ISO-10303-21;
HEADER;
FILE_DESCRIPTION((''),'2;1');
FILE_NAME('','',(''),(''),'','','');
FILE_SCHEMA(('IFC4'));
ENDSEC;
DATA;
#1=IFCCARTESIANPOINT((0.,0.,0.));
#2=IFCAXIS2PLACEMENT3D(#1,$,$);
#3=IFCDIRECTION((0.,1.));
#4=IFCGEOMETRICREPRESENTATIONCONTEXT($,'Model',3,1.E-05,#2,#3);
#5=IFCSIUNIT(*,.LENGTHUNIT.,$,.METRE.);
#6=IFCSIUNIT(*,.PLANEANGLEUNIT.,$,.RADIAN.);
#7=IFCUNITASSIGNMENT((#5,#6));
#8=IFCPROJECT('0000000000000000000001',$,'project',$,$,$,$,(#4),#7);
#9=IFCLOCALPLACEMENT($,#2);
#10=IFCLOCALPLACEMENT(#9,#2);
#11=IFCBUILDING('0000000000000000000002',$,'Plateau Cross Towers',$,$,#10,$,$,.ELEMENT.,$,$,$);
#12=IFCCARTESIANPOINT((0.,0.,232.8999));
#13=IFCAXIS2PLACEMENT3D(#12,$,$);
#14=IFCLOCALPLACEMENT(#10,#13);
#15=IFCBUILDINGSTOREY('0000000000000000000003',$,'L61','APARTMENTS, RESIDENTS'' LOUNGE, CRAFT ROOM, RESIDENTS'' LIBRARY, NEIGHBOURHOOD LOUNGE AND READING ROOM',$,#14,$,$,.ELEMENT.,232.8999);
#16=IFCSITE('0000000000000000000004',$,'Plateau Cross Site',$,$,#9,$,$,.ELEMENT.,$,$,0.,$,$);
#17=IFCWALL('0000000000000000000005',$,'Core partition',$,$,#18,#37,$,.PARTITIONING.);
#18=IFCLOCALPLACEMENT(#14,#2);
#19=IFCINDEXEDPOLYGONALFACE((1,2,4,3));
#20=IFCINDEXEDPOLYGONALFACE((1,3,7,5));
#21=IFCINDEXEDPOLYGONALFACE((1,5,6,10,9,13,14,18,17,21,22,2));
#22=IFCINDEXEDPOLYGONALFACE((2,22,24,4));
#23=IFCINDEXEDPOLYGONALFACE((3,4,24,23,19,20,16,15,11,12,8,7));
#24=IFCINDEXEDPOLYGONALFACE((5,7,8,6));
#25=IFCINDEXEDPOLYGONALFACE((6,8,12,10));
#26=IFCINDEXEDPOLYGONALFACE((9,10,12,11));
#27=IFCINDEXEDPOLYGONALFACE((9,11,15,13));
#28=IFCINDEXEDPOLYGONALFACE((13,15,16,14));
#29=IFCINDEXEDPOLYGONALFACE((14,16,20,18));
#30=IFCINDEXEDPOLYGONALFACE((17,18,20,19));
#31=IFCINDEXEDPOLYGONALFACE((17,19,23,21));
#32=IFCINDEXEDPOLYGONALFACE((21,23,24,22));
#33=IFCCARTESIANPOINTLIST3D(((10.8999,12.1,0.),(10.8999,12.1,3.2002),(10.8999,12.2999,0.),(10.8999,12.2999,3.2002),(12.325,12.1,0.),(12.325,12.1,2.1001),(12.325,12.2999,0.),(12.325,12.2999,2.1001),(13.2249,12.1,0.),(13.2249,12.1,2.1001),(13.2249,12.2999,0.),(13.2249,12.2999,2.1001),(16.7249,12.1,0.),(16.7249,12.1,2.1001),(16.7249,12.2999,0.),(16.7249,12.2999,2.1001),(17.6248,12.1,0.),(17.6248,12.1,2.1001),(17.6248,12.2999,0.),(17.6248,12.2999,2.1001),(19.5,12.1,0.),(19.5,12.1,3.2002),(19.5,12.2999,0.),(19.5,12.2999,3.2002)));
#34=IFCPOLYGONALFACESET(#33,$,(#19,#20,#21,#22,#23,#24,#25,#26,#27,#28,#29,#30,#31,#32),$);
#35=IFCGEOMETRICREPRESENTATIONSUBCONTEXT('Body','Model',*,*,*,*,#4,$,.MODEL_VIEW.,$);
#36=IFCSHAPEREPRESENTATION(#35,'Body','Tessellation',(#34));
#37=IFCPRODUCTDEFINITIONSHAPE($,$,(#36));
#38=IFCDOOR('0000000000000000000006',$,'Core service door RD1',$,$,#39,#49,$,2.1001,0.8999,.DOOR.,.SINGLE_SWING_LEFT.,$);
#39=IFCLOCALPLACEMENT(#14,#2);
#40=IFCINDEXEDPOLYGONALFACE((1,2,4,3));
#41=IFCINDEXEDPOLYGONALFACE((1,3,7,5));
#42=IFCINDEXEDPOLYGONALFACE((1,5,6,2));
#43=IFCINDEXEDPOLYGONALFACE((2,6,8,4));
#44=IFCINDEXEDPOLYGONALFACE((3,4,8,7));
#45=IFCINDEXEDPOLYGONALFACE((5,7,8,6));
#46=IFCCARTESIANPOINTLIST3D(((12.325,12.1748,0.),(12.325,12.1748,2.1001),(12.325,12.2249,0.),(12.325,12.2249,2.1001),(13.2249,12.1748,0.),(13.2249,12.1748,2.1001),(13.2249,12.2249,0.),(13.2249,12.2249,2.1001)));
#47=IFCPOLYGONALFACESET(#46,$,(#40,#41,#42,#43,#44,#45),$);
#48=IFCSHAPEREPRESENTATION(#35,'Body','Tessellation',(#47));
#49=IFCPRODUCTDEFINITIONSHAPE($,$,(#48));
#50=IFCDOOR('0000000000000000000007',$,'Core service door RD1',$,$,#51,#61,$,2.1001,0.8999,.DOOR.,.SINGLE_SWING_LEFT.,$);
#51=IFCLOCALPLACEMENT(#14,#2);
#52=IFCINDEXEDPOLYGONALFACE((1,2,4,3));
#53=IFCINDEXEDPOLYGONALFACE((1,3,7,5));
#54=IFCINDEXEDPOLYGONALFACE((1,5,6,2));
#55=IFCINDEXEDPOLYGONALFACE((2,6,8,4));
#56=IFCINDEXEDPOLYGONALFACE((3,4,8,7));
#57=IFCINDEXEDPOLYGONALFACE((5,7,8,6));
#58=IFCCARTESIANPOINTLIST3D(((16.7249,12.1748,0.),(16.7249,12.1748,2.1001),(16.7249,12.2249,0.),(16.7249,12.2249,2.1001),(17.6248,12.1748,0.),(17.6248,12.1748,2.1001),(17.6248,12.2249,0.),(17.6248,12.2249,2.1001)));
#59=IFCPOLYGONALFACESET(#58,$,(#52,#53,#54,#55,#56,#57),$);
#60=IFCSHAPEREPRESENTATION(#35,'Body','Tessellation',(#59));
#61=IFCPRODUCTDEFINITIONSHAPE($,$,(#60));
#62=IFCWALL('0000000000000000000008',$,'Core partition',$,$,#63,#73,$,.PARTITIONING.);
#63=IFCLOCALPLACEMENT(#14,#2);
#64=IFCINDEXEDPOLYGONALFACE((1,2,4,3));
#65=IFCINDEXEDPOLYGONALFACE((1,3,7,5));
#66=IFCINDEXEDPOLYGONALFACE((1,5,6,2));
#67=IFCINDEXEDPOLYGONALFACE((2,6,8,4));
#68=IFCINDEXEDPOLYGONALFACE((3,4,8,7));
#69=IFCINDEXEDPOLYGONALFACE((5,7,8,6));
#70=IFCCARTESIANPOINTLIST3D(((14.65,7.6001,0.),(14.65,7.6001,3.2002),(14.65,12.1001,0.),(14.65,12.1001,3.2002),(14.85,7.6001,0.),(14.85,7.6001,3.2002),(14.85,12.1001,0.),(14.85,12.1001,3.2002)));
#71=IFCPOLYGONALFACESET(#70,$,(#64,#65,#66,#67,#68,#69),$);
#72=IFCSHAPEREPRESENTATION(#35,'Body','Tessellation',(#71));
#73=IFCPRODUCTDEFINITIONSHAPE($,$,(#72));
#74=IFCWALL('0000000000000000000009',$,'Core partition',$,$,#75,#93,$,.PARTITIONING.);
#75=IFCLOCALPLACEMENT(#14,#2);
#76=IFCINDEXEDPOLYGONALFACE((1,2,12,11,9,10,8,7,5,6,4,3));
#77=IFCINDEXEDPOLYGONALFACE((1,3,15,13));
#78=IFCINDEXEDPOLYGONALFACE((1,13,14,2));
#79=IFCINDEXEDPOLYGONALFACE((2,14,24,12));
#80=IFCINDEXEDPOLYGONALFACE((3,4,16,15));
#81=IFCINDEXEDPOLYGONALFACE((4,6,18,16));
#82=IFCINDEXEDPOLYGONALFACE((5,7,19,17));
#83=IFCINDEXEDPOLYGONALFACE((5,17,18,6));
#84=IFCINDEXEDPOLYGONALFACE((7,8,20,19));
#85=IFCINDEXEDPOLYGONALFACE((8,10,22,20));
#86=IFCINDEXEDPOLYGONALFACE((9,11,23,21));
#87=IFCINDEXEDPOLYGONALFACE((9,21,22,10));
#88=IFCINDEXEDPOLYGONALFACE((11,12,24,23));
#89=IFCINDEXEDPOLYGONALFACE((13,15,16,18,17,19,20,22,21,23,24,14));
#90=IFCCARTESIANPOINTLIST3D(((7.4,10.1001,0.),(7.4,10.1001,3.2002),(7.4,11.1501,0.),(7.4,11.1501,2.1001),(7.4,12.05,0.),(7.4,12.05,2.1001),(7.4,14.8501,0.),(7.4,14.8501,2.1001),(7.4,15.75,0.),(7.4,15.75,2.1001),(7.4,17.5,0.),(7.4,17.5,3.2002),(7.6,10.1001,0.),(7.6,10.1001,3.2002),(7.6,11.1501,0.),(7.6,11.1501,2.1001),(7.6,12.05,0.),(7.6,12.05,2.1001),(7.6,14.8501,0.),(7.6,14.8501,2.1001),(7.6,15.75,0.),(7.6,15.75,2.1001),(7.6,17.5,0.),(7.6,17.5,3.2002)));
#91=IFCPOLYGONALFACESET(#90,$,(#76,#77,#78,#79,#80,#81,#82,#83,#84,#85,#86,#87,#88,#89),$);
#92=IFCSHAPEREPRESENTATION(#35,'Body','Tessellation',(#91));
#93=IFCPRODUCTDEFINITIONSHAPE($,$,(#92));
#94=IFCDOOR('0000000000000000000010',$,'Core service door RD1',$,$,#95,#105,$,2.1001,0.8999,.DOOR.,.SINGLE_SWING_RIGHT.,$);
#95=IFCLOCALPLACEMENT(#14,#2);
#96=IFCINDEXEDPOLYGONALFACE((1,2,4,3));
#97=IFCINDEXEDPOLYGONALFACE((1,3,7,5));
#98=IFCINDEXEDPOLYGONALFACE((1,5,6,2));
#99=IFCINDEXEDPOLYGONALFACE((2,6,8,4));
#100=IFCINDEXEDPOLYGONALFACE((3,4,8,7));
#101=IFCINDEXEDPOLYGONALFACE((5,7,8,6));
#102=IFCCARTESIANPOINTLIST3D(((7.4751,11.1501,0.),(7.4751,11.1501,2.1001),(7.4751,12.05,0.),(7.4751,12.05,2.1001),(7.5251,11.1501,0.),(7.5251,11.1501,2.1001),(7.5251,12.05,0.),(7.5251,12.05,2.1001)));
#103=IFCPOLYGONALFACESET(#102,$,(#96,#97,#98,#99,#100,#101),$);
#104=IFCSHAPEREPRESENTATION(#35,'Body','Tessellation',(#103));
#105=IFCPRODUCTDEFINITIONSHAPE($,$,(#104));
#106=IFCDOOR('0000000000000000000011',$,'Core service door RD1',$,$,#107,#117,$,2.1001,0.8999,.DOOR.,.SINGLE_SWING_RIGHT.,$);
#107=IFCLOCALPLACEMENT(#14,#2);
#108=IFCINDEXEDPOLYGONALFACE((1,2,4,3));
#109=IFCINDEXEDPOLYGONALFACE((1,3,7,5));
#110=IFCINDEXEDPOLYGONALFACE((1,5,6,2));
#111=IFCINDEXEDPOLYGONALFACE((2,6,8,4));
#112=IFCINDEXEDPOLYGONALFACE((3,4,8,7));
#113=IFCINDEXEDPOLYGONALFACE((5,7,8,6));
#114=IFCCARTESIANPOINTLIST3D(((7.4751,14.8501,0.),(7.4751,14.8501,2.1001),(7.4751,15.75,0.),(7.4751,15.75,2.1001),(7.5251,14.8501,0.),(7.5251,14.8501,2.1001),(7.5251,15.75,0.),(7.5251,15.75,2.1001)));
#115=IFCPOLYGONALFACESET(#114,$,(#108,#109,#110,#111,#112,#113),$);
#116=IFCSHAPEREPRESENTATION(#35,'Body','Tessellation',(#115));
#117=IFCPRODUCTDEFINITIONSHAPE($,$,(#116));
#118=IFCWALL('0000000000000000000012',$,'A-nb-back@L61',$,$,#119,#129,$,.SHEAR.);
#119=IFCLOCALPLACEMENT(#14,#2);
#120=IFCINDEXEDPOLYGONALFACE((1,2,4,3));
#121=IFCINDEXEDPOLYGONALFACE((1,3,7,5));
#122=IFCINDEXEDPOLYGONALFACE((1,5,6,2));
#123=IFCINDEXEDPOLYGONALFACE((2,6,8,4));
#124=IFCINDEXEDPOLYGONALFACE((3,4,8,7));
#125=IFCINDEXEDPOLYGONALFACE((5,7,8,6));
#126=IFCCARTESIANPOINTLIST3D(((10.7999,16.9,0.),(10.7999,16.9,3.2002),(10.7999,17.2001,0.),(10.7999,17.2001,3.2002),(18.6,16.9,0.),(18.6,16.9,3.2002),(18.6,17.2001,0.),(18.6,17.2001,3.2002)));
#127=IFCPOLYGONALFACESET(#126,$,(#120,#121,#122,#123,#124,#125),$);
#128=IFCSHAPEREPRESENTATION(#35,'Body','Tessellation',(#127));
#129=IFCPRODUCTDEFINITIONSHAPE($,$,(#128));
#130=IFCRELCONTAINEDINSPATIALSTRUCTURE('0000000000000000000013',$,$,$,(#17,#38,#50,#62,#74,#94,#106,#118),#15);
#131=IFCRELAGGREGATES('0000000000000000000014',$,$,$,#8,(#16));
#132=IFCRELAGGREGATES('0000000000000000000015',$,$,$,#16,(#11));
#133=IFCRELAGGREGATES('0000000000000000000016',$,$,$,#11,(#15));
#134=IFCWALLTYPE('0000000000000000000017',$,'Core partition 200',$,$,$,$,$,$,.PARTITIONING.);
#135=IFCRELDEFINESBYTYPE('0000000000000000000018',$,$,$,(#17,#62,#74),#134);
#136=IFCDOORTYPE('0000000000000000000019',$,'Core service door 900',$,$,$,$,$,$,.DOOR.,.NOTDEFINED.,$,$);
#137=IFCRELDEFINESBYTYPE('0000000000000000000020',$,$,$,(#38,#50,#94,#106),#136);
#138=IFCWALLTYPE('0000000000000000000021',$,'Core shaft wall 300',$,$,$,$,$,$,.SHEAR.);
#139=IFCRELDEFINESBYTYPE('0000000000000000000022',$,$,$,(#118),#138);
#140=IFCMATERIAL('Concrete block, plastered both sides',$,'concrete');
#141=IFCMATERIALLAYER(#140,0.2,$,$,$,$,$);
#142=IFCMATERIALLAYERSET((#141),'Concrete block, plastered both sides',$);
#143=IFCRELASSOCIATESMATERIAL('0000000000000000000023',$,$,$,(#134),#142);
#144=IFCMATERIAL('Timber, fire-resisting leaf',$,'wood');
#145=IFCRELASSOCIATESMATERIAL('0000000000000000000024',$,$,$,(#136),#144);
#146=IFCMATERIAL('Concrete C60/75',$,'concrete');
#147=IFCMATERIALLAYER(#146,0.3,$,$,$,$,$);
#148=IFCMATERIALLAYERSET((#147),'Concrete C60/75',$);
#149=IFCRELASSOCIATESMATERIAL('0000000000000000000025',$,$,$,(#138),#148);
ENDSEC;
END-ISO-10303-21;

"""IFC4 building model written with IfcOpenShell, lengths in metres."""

from ifc_helpers import new_model, si_unit, direction, frame, frame_2d, origin, place, context, subcontext, project, spatial, rectangle, extrude, material, layer, layer_set, type_object, element, fill, save


model = new_model("IFC4")

# Units and contexts
model_context = context("Model", 3, precision=1e-05, world=origin(), true_north=direction((0.0, 1.0)))
body_context = subcontext(model_context, "Body", "Model", "MODEL_VIEW")
ifc_project = project(units=[si_unit("LENGTHUNIT", "METRE"), si_unit("PLANEANGLEUNIT", "RADIAN")], contexts=[model_context])

# Site, building, storey
site_placement = place(None, origin())
site = spatial("IfcSite", under=ifc_project, at=site_placement, Name="Plateau Cross Site", CompositionType="ELEMENT", RefElevation=0.0)
building_placement = place(site_placement, origin())
building = spatial("IfcBuilding", under=site, at=building_placement, Name="Plateau Cross Towers", CompositionType="ELEMENT")
storey_placement = place(building_placement, frame((0.0, 0.0, 232.8999)))
storey = spatial("IfcBuildingStorey", under=building, at=storey_placement, Name="L61", Description="APARTMENTS, RESIDENTS' LOUNGE, CRAFT ROOM, RESIDENTS' LIBRARY, NEIGHBOURHOOD LOUNGE AND READING ROOM", CompositionType="ELEMENT", Elevation=232.8999)

# Shared definitions
ifc_material_1 = material(Name="Concrete block, plastered both sides", Category="concrete")
ifc_layer_1 = layer(ifc_material_1, 0.2)
ifc_layer_set_1 = layer_set([ifc_layer_1], Name="Concrete block, plastered both sides")
wall_type_1 = type_object("IfcWallType", Name="Core partition 200", PredefinedType="PARTITIONING", material=ifc_layer_set_1)

# Shared definitions
ifc_material_2 = material(Name="Timber, fire-resisting leaf", Category="wood")
door_type_1 = type_object("IfcDoorType", Name="Core service door 900", OperationType="NOTDEFINED", PredefinedType="DOOR", material=ifc_material_2)

# Wall, openings, doors
wall_1_placement = place(storey_placement, frame((10.8999, 12.2, 0.0), z_axis=(0.0, 0.0, 1.0), x_axis=(1.0, 0.0, 0.0)))
wall_1 = element("IfcWall", 1, at=wall_1_placement, inside=storey, type_object=wall_type_1, Name="Core partition", PredefinedType="PARTITIONING", context=body_context, shape_type="SweptSolid", body=[
    extrude(rectangle(XDim=8.6001, YDim=0.2, at=frame_2d((4.3, 0.0))), origin(), (0.0, 0.0, 1.0), 3.2002),
])
opening_1_placement = place(wall_1_placement, frame((1.425, 0.0, 0.0)))
opening_1 = element("IfcOpeningElement", 2, at=opening_1_placement, cuts=wall_1, PredefinedType="OPENING", context=body_context, shape_type="SweptSolid", body=[
    extrude(rectangle(XDim=0.8999, YDim=2.1001, at=frame_2d((0.45, 1.05))), frame((0.0, 0.1099, 0.0), z_axis=(0.0, -1.0, 0.0), x_axis=(1.0, 0.0, 0.0)), (0.0, 0.0, 1.0), 0.22),
])
opening_2_placement = place(wall_1_placement, frame((5.825, 0.0, 0.0)))
opening_2 = element("IfcOpeningElement", 3, at=opening_2_placement, cuts=wall_1, PredefinedType="OPENING", context=body_context, shape_type="SweptSolid", body=[
    extrude(rectangle(XDim=0.8999, YDim=2.1001, at=frame_2d((0.45, 1.05))), frame((0.0, 0.1099, 0.0), z_axis=(0.0, -1.0, 0.0), x_axis=(1.0, 0.0, 0.0)), (0.0, 0.0, 1.0), 0.22),
])
door_1_placement = place(opening_1_placement, origin())
door_1 = element("IfcDoor", 4, at=door_1_placement, inside=storey, type_object=door_type_1, Name="Core service door RD1", OperationType="SINGLE_SWING_LEFT", OverallHeight=2.1001, OverallWidth=0.8999, PredefinedType="DOOR", context=body_context, shape_type="SweptSolid", body=[
    extrude(rectangle(XDim=0.8999, YDim=2.1001, at=frame_2d((0.45, 1.05))), frame((0.0, 0.0249, 0.0), z_axis=(0.0, -1.0, 0.0), x_axis=(1.0, 0.0, 0.0)), (0.0, 0.0, 1.0), 0.05),
])
fill(opening_1, door_1)
door_2_placement = place(opening_2_placement, origin())
door_2 = element("IfcDoor", 5, at=door_2_placement, inside=storey, type_object=door_type_1, Name="Core service door RD1", OperationType="SINGLE_SWING_LEFT", OverallHeight=2.1001, OverallWidth=0.8999, PredefinedType="DOOR", context=body_context, shape_type="SweptSolid", body=[
    extrude(rectangle(XDim=0.8999, YDim=2.1001, at=frame_2d((0.45, 1.05))), frame((0.0, 0.0249, 0.0), z_axis=(0.0, -1.0, 0.0), x_axis=(1.0, 0.0, 0.0)), (0.0, 0.0, 1.0), 0.05),
])
fill(opening_2, door_2)

# Wall
wall_2_placement = place(storey_placement, frame((14.75, 7.6001, 0.0), z_axis=(0.0, 0.0, 1.0), x_axis=(0.0, 1.0, 0.0)))
element("IfcWall", 6, at=wall_2_placement, inside=storey, type_object=wall_type_1, Name="Core partition", PredefinedType="PARTITIONING", context=body_context, shape_type="SweptSolid", body=[
    extrude(rectangle(XDim=4.5, YDim=0.2, at=frame_2d((2.25, 0.0))), origin(), (0.0, 0.0, 1.0), 3.2002),
])

# Wall, openings, doors
wall_3_placement = place(storey_placement, frame((7.5, 10.1001, 0.0), z_axis=(0.0, 0.0, 1.0), x_axis=(0.0, 1.0, 0.0)))
wall_3 = element("IfcWall", 7, at=wall_3_placement, inside=storey, type_object=wall_type_1, Name="Core partition", PredefinedType="PARTITIONING", context=body_context, shape_type="SweptSolid", body=[
    extrude(rectangle(XDim=7.3999, YDim=0.2, at=frame_2d((3.7, 0.0))), origin(), (0.0, 0.0, 1.0), 3.2002),
])
opening_3_placement = place(wall_3_placement, frame((1.05, 0.0, 0.0)))
opening_3 = element("IfcOpeningElement", 8, at=opening_3_placement, cuts=wall_3, PredefinedType="OPENING", context=body_context, shape_type="SweptSolid", body=[
    extrude(rectangle(XDim=0.8999, YDim=2.1001, at=frame_2d((0.45, 1.05))), frame((0.0, 0.1099, 0.0), z_axis=(0.0, -1.0, 0.0), x_axis=(1.0, 0.0, 0.0)), (0.0, 0.0, 1.0), 0.22),
])
opening_4_placement = place(wall_3_placement, frame((4.75, 0.0, 0.0)))
opening_4 = element("IfcOpeningElement", 9, at=opening_4_placement, cuts=wall_3, PredefinedType="OPENING", context=body_context, shape_type="SweptSolid", body=[
    extrude(rectangle(XDim=0.8999, YDim=2.1001, at=frame_2d((0.45, 1.05))), frame((0.0, 0.1099, 0.0), z_axis=(0.0, -1.0, 0.0), x_axis=(1.0, 0.0, 0.0)), (0.0, 0.0, 1.0), 0.22),
])
door_3_placement = place(opening_3_placement, origin())
door_3 = element("IfcDoor", 10, at=door_3_placement, inside=storey, type_object=door_type_1, Name="Core service door RD1", OperationType="SINGLE_SWING_RIGHT", OverallHeight=2.1001, OverallWidth=0.8999, PredefinedType="DOOR", context=body_context, shape_type="SweptSolid", body=[
    extrude(rectangle(XDim=0.8999, YDim=2.1001, at=frame_2d((0.45, 1.05))), frame((0.0, 0.0249, 0.0), z_axis=(0.0, -1.0, 0.0), x_axis=(1.0, 0.0, 0.0)), (0.0, 0.0, 1.0), 0.05),
])
fill(opening_3, door_3)
door_4_placement = place(opening_4_placement, origin())
door_4 = element("IfcDoor", 11, at=door_4_placement, inside=storey, type_object=door_type_1, Name="Core service door RD1", OperationType="SINGLE_SWING_RIGHT", OverallHeight=2.1001, OverallWidth=0.8999, PredefinedType="DOOR", context=body_context, shape_type="SweptSolid", body=[
    extrude(rectangle(XDim=0.8999, YDim=2.1001, at=frame_2d((0.45, 1.05))), frame((0.0, 0.0249, 0.0), z_axis=(0.0, -1.0, 0.0), x_axis=(1.0, 0.0, 0.0)), (0.0, 0.0, 1.0), 0.05),
])
fill(opening_4, door_4)

# Wall
ifc_material_3 = material(Name="Concrete C60/75", Category="concrete")
ifc_layer_2 = layer(ifc_material_3, 0.3)
ifc_layer_set_2 = layer_set([ifc_layer_2], Name="Concrete C60/75")
wall_type_2 = type_object("IfcWallType", Name="Core shaft wall 300", PredefinedType="SHEAR", material=ifc_layer_set_2)
wall_4_placement = place(storey_placement, frame((10.8, 17.05, 0.0), z_axis=(0.0, 0.0, 1.0), x_axis=(1.0, 0.0, 0.0)))
element("IfcWall", 12, at=wall_4_placement, inside=storey, type_object=wall_type_2, Name="A-nb-back@L61", PredefinedType="SHEAR", context=body_context, shape_type="SweptSolid", body=[
    extrude(rectangle(XDim=7.8, YDim=0.3, at=frame_2d((3.8999, 0.0))), origin(), (0.0, 0.0, 1.0), 3.2002),
])

save(model, "model.ifc")
